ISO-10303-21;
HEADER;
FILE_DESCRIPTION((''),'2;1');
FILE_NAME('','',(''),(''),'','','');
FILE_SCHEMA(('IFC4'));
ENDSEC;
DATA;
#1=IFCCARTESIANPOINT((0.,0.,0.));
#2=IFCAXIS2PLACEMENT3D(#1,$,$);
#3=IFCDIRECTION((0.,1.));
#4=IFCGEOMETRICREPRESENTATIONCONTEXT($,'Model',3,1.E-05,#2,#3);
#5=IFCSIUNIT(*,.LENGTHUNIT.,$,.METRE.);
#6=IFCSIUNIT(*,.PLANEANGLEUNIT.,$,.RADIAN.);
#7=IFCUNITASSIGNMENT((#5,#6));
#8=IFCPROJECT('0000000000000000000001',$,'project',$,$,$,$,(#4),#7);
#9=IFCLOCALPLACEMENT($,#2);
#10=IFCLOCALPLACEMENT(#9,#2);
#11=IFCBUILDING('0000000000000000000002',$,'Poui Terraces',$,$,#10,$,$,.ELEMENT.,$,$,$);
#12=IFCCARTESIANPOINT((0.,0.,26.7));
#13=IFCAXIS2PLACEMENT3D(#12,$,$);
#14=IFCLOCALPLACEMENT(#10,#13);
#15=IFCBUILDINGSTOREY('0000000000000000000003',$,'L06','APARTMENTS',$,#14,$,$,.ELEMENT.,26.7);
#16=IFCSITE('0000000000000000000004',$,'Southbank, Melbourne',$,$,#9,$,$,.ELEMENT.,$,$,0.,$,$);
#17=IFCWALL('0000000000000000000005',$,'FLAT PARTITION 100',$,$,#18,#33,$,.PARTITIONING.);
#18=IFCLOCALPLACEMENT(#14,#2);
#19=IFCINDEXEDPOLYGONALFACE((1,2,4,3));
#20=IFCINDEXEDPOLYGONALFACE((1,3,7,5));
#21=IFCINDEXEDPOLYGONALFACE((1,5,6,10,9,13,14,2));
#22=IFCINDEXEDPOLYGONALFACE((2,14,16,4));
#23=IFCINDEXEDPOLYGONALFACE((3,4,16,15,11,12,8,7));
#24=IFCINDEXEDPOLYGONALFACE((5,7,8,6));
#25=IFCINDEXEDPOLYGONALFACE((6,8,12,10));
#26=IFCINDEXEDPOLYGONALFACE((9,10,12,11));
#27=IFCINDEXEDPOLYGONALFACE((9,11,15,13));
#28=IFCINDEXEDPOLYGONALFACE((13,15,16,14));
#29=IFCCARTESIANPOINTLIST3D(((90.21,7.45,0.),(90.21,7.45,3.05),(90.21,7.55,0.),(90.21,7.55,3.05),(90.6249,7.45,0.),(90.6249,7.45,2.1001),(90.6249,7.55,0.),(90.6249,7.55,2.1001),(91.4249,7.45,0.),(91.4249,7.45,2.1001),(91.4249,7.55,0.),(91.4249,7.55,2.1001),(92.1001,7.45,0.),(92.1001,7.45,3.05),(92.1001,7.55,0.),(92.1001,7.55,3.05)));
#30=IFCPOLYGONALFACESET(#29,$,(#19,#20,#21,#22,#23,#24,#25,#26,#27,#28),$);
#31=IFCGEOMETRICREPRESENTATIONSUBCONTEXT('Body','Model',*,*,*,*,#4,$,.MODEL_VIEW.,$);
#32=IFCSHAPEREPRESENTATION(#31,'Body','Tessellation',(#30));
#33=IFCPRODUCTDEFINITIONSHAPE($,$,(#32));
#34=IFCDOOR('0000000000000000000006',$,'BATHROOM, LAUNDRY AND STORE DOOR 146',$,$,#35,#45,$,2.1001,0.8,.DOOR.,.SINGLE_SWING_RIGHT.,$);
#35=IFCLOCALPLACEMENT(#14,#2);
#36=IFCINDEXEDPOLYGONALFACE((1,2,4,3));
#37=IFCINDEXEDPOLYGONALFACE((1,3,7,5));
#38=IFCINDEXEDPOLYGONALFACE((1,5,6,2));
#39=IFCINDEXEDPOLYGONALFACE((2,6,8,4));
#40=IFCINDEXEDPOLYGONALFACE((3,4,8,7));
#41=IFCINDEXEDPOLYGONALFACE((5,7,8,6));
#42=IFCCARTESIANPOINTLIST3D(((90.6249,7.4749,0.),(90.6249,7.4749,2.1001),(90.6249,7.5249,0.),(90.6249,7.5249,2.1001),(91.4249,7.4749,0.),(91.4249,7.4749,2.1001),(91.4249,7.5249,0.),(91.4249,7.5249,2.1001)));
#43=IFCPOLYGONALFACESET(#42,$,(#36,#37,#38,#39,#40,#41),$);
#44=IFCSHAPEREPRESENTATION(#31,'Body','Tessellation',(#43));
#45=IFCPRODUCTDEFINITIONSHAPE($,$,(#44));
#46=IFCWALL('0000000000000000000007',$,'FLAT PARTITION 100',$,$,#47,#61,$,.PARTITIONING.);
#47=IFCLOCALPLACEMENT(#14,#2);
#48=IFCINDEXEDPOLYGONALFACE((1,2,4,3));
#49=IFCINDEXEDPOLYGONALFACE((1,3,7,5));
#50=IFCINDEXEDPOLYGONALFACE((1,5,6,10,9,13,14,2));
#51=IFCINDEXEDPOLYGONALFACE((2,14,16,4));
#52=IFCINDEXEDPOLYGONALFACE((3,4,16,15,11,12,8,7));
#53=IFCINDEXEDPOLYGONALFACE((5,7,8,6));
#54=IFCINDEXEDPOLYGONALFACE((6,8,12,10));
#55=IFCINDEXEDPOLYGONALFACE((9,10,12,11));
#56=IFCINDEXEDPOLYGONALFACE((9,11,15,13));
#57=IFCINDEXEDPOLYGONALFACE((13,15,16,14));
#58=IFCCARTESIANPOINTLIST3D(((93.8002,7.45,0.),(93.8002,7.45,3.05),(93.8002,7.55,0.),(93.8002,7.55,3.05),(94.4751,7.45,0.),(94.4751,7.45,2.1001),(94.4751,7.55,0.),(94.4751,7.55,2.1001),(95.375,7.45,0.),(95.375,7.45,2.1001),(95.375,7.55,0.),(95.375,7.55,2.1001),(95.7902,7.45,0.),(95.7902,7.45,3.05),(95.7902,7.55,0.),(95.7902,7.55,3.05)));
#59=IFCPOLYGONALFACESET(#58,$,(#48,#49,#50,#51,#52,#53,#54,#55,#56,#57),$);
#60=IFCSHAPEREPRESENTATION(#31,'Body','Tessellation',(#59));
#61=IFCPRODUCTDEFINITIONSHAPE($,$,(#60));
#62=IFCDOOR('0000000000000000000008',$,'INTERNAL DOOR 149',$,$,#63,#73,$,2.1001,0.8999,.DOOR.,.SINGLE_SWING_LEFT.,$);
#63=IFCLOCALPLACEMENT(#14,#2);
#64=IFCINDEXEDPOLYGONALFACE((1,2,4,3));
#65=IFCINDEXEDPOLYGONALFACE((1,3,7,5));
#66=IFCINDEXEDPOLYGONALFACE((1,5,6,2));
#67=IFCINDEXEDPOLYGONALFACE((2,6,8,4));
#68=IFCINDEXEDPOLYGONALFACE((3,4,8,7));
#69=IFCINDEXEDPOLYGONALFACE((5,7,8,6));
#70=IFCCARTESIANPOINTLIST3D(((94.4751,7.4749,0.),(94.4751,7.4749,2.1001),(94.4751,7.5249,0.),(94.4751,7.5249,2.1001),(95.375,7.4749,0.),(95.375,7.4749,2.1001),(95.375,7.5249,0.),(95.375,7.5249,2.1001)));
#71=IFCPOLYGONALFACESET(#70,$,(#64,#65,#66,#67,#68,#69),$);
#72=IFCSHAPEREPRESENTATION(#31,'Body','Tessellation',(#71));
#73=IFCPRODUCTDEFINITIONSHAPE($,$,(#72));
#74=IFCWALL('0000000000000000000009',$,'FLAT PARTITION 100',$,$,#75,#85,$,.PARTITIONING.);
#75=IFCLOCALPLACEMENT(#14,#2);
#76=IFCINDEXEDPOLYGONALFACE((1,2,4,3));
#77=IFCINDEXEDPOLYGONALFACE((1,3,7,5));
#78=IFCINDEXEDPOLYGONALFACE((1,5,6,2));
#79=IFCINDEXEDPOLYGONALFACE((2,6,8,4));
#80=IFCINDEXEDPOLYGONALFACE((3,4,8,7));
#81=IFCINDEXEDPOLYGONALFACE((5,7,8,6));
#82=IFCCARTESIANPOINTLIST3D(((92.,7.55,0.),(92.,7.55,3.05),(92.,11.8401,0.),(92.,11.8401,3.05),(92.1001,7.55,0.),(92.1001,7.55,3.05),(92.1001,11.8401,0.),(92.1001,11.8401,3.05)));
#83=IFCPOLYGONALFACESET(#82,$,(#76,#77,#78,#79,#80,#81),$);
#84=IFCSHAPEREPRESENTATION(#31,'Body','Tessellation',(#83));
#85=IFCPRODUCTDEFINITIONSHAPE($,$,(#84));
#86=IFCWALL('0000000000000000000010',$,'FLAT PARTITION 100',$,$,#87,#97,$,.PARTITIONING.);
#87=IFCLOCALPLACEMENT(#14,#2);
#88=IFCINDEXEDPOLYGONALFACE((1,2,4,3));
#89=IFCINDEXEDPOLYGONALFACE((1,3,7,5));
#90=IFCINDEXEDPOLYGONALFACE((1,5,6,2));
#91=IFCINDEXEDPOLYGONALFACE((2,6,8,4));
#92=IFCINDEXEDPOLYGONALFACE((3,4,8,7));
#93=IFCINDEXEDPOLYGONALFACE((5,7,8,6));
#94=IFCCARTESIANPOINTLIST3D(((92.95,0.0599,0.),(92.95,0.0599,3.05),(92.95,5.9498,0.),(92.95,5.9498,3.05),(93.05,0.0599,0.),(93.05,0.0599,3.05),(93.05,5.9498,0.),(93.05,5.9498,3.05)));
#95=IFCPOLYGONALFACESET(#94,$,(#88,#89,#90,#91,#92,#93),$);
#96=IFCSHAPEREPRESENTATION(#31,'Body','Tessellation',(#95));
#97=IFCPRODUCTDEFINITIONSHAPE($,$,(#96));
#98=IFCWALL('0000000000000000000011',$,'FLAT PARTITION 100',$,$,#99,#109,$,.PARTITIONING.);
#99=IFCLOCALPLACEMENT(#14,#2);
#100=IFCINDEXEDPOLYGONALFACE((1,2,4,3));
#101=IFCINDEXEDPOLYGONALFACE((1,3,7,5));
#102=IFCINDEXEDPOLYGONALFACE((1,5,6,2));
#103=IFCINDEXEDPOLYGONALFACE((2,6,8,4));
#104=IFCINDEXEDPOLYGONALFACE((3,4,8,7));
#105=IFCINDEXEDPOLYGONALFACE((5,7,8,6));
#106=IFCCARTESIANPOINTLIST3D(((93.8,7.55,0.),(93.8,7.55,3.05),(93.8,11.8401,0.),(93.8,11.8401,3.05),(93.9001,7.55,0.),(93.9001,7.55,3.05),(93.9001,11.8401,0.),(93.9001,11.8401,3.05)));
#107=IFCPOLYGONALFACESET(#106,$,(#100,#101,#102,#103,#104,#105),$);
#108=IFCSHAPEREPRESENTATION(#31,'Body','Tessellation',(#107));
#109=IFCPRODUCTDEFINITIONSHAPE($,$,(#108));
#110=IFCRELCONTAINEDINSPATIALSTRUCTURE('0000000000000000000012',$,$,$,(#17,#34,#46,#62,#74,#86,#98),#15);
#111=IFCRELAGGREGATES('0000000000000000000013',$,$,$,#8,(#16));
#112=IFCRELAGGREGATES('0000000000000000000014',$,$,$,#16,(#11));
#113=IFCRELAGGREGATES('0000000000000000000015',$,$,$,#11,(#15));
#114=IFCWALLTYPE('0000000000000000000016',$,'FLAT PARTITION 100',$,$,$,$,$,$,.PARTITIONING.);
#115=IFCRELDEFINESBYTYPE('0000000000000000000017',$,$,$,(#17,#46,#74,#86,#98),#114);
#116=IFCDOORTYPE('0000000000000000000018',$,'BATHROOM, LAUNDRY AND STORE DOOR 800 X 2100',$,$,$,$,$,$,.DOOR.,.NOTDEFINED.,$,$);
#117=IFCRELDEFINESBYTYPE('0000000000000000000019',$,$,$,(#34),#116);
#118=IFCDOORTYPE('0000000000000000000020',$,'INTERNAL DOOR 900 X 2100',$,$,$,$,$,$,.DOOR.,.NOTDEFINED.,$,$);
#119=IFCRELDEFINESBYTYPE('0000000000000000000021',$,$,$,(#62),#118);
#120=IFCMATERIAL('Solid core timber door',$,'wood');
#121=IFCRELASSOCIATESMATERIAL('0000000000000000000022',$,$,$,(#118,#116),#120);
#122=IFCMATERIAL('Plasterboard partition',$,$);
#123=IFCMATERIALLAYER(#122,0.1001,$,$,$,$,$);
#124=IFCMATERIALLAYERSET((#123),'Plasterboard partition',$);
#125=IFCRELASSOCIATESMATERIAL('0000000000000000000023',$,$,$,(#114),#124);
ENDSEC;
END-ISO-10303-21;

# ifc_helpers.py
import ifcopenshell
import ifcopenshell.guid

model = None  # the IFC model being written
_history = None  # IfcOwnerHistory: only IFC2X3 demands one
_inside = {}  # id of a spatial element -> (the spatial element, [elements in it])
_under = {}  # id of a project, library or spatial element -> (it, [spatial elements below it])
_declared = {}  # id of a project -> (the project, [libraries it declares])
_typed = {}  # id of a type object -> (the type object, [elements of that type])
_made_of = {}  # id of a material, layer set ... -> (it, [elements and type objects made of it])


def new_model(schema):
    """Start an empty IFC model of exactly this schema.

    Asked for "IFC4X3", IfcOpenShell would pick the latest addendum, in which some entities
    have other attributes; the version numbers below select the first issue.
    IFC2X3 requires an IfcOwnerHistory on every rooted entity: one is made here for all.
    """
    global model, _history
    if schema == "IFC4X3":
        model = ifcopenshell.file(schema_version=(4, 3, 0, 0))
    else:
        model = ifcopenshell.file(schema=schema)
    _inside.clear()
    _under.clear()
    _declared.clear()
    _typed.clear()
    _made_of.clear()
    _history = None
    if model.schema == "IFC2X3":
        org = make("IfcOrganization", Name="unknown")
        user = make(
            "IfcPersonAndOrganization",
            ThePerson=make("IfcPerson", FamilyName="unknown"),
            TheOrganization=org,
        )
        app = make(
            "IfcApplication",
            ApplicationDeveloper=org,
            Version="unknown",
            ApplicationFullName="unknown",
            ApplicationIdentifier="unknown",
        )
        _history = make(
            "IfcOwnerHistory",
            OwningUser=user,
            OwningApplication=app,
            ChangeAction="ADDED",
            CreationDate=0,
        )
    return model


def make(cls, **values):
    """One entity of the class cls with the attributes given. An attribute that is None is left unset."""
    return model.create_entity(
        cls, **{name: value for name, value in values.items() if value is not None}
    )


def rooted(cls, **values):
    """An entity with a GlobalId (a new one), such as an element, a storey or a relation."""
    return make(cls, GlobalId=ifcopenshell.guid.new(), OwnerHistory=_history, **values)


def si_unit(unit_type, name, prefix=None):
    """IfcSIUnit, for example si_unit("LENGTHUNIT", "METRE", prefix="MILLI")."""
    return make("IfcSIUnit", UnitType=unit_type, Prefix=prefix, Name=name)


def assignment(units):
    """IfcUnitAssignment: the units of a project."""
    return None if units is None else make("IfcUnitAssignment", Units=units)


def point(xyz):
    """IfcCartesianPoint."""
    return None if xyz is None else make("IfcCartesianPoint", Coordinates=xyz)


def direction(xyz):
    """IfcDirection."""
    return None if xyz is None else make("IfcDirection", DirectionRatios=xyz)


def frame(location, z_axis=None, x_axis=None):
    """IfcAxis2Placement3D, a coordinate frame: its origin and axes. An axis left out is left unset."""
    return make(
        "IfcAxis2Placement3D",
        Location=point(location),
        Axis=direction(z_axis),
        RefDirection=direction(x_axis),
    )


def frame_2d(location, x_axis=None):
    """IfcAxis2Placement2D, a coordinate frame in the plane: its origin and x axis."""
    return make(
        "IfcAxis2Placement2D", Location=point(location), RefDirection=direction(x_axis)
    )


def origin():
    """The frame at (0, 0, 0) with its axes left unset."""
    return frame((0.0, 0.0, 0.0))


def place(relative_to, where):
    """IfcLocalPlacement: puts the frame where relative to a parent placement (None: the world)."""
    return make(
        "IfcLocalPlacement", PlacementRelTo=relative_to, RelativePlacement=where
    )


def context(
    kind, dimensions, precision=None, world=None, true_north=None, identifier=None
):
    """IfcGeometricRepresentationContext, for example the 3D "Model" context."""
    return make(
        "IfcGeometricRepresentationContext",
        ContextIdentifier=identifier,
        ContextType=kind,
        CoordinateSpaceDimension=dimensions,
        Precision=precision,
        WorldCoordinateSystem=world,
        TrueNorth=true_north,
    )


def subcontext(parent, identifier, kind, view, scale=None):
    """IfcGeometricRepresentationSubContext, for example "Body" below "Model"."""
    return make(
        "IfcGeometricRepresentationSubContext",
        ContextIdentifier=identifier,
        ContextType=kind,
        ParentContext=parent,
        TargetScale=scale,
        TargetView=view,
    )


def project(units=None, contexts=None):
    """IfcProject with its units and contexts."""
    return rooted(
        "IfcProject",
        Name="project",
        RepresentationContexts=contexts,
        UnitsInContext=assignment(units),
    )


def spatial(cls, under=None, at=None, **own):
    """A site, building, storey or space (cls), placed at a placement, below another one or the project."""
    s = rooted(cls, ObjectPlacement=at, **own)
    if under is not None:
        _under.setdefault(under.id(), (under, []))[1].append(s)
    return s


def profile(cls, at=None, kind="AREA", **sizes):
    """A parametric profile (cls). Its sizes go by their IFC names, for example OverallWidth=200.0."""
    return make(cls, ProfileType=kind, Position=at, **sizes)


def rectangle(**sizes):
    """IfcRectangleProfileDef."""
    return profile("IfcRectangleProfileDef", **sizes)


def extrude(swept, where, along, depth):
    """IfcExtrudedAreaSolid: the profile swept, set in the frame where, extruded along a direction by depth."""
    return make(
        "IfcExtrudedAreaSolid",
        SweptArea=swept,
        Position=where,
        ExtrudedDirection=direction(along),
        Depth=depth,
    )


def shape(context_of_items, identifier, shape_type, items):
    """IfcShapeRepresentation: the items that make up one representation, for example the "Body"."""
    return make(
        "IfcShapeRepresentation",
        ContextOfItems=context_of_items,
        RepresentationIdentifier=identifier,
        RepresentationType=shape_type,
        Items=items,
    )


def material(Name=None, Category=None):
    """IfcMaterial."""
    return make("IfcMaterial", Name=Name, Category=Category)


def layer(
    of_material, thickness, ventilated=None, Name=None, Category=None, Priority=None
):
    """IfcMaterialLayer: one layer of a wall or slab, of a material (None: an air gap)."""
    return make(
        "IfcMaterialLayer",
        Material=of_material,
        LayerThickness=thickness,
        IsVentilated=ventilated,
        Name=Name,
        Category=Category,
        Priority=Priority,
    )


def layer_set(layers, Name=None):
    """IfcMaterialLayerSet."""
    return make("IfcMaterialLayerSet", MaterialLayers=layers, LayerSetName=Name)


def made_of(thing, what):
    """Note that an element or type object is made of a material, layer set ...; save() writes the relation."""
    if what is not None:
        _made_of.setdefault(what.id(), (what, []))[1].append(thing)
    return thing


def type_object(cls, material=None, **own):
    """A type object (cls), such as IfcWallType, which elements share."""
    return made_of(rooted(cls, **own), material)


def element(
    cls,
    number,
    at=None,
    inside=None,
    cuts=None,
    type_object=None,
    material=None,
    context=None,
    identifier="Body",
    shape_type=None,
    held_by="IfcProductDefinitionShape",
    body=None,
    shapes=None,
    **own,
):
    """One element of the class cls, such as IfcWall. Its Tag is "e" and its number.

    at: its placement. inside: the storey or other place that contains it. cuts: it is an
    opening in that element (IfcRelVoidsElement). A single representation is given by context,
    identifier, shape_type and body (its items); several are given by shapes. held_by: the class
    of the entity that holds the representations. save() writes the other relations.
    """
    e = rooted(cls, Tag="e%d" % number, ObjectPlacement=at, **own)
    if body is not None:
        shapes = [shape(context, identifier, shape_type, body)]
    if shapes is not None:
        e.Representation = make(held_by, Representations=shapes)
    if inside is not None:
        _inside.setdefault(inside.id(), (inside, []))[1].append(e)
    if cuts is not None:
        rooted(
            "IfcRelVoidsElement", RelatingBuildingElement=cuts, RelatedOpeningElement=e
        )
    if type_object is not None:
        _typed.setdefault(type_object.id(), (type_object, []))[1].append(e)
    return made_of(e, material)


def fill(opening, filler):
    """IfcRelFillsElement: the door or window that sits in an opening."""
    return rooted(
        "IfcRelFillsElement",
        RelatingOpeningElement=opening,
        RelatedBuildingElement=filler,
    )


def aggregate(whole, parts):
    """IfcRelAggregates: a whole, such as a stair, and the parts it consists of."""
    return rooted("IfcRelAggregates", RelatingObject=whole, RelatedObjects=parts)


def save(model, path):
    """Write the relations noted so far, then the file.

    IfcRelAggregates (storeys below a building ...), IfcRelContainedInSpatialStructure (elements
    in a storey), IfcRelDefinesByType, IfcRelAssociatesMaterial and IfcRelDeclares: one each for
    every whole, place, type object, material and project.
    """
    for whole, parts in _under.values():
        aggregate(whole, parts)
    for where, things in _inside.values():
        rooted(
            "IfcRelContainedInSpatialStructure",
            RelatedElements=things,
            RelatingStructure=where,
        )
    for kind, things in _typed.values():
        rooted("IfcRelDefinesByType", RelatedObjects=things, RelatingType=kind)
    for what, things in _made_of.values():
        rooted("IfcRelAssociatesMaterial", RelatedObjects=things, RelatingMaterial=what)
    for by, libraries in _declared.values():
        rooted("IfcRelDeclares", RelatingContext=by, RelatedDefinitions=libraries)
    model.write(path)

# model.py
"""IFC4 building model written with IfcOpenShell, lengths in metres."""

from ifc_helpers import new_model, si_unit, direction, frame, frame_2d, origin, place, context, subcontext, project, spatial, rectangle, extrude, material, layer, layer_set, type_object, element, fill, save


model = new_model("IFC4")

# Units and contexts
model_context = context("Model", 3, precision=1e-05, world=origin(), true_north=direction((0.0, 1.0)))
body_context = subcontext(model_context, "Body", "Model", "MODEL_VIEW")
ifc_project = project(units=[si_unit("LENGTHUNIT", "METRE"), si_unit("PLANEANGLEUNIT", "RADIAN")], contexts=[model_context])

# Site, building, storey
site_placement = place(None, origin())
site = spatial("IfcSite", under=ifc_project, at=site_placement, Name="Southbank, Melbourne", CompositionType="ELEMENT", RefElevation=0.0)
building_placement = place(site_placement, origin())
building = spatial("IfcBuilding", under=site, at=building_placement, Name="Poui Terraces", CompositionType="ELEMENT")
storey_placement = place(building_placement, frame((0.0, 0.0, 26.7)))
storey = spatial("IfcBuildingStorey", under=building, at=storey_placement, Name="L06", Description="APARTMENTS", CompositionType="ELEMENT", Elevation=26.7)

# Shared definitions
ifc_material_1 = material(Name="Solid core timber door", Category="wood")
door_type_1 = type_object("IfcDoorType", Name="INTERNAL DOOR 900 X 2100", OperationType="NOTDEFINED", PredefinedType="DOOR", material=ifc_material_1)

# Walls, openings, doors
ifc_material_2 = material(Name="Plasterboard partition")
ifc_layer_1 = layer(ifc_material_2, 0.1001)
ifc_layer_set_1 = layer_set([ifc_layer_1], Name="Plasterboard partition")
wall_type_1 = type_object("IfcWallType", Name="FLAT PARTITION 100", PredefinedType="PARTITIONING", material=ifc_layer_set_1)
wall_1_placement = place(storey_placement, frame((90.21, 7.5, 0.0), z_axis=(0.0, 0.0, 1.0), x_axis=(1.0, 0.0, 0.0)))
wall_1 = element("IfcWall", 1, at=wall_1_placement, inside=storey, type_object=wall_type_1, Name="FLAT PARTITION 100", PredefinedType="PARTITIONING", context=body_context, shape_type="SweptSolid", body=[
    extrude(rectangle(XDim=1.8901, YDim=0.1001, at=frame_2d((0.9451, 0.0))), origin(), (0.0, 0.0, 1.0), 3.05),
])
opening_1_placement = place(wall_1_placement, frame((0.415, 0.0, 0.0)))
opening_1 = element("IfcOpeningElement", 2, at=opening_1_placement, cuts=wall_1, PredefinedType="OPENING", context=body_context, shape_type="SweptSolid", body=[
    extrude(rectangle(XDim=0.8, YDim=2.1001, at=frame_2d((0.3999, 1.05))), frame((0.0, 0.0601, 0.0), z_axis=(0.0, -1.0, 0.0), x_axis=(1.0, 0.0, 0.0)), (0.0, 0.0, 1.0), 0.1201),
])
door_type_2 = type_object("IfcDoorType", Name="BATHROOM, LAUNDRY AND STORE DOOR 800 X 2100", OperationType="NOTDEFINED", PredefinedType="DOOR", material=ifc_material_1)
door_1_placement = place(opening_1_placement, origin())
door_1 = element("IfcDoor", 3, at=door_1_placement, inside=storey, type_object=door_type_2, Name="BATHROOM, LAUNDRY AND STORE DOOR 146", OperationType="SINGLE_SWING_RIGHT", OverallHeight=2.1001, OverallWidth=0.8, PredefinedType="DOOR", context=body_context, shape_type="SweptSolid", body=[
    extrude(rectangle(XDim=0.8, YDim=2.1001, at=frame_2d((0.3999, 1.05))), frame((0.0, 0.0249, 0.0), z_axis=(0.0, -1.0, 0.0), x_axis=(1.0, 0.0, 0.0)), (0.0, 0.0, 1.0), 0.05),
])
fill(opening_1, door_1)
wall_2_placement = place(storey_placement, frame((93.8, 7.5, 0.0), z_axis=(0.0, 0.0, 1.0), x_axis=(1.0, 0.0, 0.0)))
wall_2 = element("IfcWall", 4, at=wall_2_placement, inside=storey, type_object=wall_type_1, Name="FLAT PARTITION 100", PredefinedType="PARTITIONING", context=body_context, shape_type="SweptSolid", body=[
    extrude(rectangle(XDim=1.99, YDim=0.1001, at=frame_2d((0.9951, 0.0))), origin(), (0.0, 0.0, 1.0), 3.05),
])
opening_2_placement = place(wall_2_placement, frame((0.675, 0.0, 0.0)))
opening_2 = element("IfcOpeningElement", 5, at=opening_2_placement, cuts=wall_2, PredefinedType="OPENING", context=body_context, shape_type="SweptSolid", body=[
    extrude(rectangle(XDim=0.8999, YDim=2.1001, at=frame_2d((0.45, 1.05))), frame((0.0, 0.0601, 0.0), z_axis=(0.0, -1.0, 0.0), x_axis=(1.0, 0.0, 0.0)), (0.0, 0.0, 1.0), 0.1201),
])
door_2_placement = place(opening_2_placement, origin())
door_2 = element("IfcDoor", 6, at=door_2_placement, inside=storey, type_object=door_type_1, Name="INTERNAL DOOR 149", OperationType="SINGLE_SWING_LEFT", OverallHeight=2.1001, OverallWidth=0.8999, PredefinedType="DOOR", context=body_context, shape_type="SweptSolid", body=[
    extrude(rectangle(XDim=0.8999, YDim=2.1001, at=frame_2d((0.45, 1.05))), frame((0.0, 0.0249, 0.0), z_axis=(0.0, -1.0, 0.0), x_axis=(1.0, 0.0, 0.0)), (0.0, 0.0, 1.0), 0.05),
])
fill(opening_2, door_2)

# Walls
wall_3_placement = place(storey_placement, frame((92.05, 7.55, 0.0), z_axis=(0.0, 0.0, 1.0), x_axis=(0.0, 1.0, 0.0)))
element("IfcWall", 7, at=wall_3_placement, inside=storey, type_object=wall_type_1, Name="FLAT PARTITION 100", PredefinedType="PARTITIONING", context=body_context, shape_type="SweptSolid", body=[
    extrude(rectangle(XDim=4.29, YDim=0.1001, at=frame_2d((2.145, 0.0))), origin(), (0.0, 0.0, 1.0), 3.05),
])
wall_4_placement = place(storey_placement, frame((93.0, 0.0601, 0.0), z_axis=(0.0, 0.0, 1.0), x_axis=(0.0, 1.0, 0.0)))
element("IfcWall", 8, at=wall_4_placement, inside=storey, type_object=wall_type_1, Name="FLAT PARTITION 100", PredefinedType="PARTITIONING", context=body_context, shape_type="SweptSolid", body=[
    extrude(rectangle(XDim=5.8899, YDim=0.1001, at=frame_2d((2.9448, 0.0))), origin(), (0.0, 0.0, 1.0), 3.05),
])
wall_5_placement = place(storey_placement, frame((93.8501, 7.55, 0.0), z_axis=(0.0, 0.0, 1.0), x_axis=(0.0, 1.0, 0.0)))
element("IfcWall", 9, at=wall_5_placement, inside=storey, type_object=wall_type_1, Name="FLAT PARTITION 100", PredefinedType="PARTITIONING", context=body_context, shape_type="SweptSolid", body=[
    extrude(rectangle(XDim=4.29, YDim=0.1001, at=frame_2d((2.145, 0.0))), origin(), (0.0, 0.0, 1.0), 3.05),
])

save(model, "model.ifc")
